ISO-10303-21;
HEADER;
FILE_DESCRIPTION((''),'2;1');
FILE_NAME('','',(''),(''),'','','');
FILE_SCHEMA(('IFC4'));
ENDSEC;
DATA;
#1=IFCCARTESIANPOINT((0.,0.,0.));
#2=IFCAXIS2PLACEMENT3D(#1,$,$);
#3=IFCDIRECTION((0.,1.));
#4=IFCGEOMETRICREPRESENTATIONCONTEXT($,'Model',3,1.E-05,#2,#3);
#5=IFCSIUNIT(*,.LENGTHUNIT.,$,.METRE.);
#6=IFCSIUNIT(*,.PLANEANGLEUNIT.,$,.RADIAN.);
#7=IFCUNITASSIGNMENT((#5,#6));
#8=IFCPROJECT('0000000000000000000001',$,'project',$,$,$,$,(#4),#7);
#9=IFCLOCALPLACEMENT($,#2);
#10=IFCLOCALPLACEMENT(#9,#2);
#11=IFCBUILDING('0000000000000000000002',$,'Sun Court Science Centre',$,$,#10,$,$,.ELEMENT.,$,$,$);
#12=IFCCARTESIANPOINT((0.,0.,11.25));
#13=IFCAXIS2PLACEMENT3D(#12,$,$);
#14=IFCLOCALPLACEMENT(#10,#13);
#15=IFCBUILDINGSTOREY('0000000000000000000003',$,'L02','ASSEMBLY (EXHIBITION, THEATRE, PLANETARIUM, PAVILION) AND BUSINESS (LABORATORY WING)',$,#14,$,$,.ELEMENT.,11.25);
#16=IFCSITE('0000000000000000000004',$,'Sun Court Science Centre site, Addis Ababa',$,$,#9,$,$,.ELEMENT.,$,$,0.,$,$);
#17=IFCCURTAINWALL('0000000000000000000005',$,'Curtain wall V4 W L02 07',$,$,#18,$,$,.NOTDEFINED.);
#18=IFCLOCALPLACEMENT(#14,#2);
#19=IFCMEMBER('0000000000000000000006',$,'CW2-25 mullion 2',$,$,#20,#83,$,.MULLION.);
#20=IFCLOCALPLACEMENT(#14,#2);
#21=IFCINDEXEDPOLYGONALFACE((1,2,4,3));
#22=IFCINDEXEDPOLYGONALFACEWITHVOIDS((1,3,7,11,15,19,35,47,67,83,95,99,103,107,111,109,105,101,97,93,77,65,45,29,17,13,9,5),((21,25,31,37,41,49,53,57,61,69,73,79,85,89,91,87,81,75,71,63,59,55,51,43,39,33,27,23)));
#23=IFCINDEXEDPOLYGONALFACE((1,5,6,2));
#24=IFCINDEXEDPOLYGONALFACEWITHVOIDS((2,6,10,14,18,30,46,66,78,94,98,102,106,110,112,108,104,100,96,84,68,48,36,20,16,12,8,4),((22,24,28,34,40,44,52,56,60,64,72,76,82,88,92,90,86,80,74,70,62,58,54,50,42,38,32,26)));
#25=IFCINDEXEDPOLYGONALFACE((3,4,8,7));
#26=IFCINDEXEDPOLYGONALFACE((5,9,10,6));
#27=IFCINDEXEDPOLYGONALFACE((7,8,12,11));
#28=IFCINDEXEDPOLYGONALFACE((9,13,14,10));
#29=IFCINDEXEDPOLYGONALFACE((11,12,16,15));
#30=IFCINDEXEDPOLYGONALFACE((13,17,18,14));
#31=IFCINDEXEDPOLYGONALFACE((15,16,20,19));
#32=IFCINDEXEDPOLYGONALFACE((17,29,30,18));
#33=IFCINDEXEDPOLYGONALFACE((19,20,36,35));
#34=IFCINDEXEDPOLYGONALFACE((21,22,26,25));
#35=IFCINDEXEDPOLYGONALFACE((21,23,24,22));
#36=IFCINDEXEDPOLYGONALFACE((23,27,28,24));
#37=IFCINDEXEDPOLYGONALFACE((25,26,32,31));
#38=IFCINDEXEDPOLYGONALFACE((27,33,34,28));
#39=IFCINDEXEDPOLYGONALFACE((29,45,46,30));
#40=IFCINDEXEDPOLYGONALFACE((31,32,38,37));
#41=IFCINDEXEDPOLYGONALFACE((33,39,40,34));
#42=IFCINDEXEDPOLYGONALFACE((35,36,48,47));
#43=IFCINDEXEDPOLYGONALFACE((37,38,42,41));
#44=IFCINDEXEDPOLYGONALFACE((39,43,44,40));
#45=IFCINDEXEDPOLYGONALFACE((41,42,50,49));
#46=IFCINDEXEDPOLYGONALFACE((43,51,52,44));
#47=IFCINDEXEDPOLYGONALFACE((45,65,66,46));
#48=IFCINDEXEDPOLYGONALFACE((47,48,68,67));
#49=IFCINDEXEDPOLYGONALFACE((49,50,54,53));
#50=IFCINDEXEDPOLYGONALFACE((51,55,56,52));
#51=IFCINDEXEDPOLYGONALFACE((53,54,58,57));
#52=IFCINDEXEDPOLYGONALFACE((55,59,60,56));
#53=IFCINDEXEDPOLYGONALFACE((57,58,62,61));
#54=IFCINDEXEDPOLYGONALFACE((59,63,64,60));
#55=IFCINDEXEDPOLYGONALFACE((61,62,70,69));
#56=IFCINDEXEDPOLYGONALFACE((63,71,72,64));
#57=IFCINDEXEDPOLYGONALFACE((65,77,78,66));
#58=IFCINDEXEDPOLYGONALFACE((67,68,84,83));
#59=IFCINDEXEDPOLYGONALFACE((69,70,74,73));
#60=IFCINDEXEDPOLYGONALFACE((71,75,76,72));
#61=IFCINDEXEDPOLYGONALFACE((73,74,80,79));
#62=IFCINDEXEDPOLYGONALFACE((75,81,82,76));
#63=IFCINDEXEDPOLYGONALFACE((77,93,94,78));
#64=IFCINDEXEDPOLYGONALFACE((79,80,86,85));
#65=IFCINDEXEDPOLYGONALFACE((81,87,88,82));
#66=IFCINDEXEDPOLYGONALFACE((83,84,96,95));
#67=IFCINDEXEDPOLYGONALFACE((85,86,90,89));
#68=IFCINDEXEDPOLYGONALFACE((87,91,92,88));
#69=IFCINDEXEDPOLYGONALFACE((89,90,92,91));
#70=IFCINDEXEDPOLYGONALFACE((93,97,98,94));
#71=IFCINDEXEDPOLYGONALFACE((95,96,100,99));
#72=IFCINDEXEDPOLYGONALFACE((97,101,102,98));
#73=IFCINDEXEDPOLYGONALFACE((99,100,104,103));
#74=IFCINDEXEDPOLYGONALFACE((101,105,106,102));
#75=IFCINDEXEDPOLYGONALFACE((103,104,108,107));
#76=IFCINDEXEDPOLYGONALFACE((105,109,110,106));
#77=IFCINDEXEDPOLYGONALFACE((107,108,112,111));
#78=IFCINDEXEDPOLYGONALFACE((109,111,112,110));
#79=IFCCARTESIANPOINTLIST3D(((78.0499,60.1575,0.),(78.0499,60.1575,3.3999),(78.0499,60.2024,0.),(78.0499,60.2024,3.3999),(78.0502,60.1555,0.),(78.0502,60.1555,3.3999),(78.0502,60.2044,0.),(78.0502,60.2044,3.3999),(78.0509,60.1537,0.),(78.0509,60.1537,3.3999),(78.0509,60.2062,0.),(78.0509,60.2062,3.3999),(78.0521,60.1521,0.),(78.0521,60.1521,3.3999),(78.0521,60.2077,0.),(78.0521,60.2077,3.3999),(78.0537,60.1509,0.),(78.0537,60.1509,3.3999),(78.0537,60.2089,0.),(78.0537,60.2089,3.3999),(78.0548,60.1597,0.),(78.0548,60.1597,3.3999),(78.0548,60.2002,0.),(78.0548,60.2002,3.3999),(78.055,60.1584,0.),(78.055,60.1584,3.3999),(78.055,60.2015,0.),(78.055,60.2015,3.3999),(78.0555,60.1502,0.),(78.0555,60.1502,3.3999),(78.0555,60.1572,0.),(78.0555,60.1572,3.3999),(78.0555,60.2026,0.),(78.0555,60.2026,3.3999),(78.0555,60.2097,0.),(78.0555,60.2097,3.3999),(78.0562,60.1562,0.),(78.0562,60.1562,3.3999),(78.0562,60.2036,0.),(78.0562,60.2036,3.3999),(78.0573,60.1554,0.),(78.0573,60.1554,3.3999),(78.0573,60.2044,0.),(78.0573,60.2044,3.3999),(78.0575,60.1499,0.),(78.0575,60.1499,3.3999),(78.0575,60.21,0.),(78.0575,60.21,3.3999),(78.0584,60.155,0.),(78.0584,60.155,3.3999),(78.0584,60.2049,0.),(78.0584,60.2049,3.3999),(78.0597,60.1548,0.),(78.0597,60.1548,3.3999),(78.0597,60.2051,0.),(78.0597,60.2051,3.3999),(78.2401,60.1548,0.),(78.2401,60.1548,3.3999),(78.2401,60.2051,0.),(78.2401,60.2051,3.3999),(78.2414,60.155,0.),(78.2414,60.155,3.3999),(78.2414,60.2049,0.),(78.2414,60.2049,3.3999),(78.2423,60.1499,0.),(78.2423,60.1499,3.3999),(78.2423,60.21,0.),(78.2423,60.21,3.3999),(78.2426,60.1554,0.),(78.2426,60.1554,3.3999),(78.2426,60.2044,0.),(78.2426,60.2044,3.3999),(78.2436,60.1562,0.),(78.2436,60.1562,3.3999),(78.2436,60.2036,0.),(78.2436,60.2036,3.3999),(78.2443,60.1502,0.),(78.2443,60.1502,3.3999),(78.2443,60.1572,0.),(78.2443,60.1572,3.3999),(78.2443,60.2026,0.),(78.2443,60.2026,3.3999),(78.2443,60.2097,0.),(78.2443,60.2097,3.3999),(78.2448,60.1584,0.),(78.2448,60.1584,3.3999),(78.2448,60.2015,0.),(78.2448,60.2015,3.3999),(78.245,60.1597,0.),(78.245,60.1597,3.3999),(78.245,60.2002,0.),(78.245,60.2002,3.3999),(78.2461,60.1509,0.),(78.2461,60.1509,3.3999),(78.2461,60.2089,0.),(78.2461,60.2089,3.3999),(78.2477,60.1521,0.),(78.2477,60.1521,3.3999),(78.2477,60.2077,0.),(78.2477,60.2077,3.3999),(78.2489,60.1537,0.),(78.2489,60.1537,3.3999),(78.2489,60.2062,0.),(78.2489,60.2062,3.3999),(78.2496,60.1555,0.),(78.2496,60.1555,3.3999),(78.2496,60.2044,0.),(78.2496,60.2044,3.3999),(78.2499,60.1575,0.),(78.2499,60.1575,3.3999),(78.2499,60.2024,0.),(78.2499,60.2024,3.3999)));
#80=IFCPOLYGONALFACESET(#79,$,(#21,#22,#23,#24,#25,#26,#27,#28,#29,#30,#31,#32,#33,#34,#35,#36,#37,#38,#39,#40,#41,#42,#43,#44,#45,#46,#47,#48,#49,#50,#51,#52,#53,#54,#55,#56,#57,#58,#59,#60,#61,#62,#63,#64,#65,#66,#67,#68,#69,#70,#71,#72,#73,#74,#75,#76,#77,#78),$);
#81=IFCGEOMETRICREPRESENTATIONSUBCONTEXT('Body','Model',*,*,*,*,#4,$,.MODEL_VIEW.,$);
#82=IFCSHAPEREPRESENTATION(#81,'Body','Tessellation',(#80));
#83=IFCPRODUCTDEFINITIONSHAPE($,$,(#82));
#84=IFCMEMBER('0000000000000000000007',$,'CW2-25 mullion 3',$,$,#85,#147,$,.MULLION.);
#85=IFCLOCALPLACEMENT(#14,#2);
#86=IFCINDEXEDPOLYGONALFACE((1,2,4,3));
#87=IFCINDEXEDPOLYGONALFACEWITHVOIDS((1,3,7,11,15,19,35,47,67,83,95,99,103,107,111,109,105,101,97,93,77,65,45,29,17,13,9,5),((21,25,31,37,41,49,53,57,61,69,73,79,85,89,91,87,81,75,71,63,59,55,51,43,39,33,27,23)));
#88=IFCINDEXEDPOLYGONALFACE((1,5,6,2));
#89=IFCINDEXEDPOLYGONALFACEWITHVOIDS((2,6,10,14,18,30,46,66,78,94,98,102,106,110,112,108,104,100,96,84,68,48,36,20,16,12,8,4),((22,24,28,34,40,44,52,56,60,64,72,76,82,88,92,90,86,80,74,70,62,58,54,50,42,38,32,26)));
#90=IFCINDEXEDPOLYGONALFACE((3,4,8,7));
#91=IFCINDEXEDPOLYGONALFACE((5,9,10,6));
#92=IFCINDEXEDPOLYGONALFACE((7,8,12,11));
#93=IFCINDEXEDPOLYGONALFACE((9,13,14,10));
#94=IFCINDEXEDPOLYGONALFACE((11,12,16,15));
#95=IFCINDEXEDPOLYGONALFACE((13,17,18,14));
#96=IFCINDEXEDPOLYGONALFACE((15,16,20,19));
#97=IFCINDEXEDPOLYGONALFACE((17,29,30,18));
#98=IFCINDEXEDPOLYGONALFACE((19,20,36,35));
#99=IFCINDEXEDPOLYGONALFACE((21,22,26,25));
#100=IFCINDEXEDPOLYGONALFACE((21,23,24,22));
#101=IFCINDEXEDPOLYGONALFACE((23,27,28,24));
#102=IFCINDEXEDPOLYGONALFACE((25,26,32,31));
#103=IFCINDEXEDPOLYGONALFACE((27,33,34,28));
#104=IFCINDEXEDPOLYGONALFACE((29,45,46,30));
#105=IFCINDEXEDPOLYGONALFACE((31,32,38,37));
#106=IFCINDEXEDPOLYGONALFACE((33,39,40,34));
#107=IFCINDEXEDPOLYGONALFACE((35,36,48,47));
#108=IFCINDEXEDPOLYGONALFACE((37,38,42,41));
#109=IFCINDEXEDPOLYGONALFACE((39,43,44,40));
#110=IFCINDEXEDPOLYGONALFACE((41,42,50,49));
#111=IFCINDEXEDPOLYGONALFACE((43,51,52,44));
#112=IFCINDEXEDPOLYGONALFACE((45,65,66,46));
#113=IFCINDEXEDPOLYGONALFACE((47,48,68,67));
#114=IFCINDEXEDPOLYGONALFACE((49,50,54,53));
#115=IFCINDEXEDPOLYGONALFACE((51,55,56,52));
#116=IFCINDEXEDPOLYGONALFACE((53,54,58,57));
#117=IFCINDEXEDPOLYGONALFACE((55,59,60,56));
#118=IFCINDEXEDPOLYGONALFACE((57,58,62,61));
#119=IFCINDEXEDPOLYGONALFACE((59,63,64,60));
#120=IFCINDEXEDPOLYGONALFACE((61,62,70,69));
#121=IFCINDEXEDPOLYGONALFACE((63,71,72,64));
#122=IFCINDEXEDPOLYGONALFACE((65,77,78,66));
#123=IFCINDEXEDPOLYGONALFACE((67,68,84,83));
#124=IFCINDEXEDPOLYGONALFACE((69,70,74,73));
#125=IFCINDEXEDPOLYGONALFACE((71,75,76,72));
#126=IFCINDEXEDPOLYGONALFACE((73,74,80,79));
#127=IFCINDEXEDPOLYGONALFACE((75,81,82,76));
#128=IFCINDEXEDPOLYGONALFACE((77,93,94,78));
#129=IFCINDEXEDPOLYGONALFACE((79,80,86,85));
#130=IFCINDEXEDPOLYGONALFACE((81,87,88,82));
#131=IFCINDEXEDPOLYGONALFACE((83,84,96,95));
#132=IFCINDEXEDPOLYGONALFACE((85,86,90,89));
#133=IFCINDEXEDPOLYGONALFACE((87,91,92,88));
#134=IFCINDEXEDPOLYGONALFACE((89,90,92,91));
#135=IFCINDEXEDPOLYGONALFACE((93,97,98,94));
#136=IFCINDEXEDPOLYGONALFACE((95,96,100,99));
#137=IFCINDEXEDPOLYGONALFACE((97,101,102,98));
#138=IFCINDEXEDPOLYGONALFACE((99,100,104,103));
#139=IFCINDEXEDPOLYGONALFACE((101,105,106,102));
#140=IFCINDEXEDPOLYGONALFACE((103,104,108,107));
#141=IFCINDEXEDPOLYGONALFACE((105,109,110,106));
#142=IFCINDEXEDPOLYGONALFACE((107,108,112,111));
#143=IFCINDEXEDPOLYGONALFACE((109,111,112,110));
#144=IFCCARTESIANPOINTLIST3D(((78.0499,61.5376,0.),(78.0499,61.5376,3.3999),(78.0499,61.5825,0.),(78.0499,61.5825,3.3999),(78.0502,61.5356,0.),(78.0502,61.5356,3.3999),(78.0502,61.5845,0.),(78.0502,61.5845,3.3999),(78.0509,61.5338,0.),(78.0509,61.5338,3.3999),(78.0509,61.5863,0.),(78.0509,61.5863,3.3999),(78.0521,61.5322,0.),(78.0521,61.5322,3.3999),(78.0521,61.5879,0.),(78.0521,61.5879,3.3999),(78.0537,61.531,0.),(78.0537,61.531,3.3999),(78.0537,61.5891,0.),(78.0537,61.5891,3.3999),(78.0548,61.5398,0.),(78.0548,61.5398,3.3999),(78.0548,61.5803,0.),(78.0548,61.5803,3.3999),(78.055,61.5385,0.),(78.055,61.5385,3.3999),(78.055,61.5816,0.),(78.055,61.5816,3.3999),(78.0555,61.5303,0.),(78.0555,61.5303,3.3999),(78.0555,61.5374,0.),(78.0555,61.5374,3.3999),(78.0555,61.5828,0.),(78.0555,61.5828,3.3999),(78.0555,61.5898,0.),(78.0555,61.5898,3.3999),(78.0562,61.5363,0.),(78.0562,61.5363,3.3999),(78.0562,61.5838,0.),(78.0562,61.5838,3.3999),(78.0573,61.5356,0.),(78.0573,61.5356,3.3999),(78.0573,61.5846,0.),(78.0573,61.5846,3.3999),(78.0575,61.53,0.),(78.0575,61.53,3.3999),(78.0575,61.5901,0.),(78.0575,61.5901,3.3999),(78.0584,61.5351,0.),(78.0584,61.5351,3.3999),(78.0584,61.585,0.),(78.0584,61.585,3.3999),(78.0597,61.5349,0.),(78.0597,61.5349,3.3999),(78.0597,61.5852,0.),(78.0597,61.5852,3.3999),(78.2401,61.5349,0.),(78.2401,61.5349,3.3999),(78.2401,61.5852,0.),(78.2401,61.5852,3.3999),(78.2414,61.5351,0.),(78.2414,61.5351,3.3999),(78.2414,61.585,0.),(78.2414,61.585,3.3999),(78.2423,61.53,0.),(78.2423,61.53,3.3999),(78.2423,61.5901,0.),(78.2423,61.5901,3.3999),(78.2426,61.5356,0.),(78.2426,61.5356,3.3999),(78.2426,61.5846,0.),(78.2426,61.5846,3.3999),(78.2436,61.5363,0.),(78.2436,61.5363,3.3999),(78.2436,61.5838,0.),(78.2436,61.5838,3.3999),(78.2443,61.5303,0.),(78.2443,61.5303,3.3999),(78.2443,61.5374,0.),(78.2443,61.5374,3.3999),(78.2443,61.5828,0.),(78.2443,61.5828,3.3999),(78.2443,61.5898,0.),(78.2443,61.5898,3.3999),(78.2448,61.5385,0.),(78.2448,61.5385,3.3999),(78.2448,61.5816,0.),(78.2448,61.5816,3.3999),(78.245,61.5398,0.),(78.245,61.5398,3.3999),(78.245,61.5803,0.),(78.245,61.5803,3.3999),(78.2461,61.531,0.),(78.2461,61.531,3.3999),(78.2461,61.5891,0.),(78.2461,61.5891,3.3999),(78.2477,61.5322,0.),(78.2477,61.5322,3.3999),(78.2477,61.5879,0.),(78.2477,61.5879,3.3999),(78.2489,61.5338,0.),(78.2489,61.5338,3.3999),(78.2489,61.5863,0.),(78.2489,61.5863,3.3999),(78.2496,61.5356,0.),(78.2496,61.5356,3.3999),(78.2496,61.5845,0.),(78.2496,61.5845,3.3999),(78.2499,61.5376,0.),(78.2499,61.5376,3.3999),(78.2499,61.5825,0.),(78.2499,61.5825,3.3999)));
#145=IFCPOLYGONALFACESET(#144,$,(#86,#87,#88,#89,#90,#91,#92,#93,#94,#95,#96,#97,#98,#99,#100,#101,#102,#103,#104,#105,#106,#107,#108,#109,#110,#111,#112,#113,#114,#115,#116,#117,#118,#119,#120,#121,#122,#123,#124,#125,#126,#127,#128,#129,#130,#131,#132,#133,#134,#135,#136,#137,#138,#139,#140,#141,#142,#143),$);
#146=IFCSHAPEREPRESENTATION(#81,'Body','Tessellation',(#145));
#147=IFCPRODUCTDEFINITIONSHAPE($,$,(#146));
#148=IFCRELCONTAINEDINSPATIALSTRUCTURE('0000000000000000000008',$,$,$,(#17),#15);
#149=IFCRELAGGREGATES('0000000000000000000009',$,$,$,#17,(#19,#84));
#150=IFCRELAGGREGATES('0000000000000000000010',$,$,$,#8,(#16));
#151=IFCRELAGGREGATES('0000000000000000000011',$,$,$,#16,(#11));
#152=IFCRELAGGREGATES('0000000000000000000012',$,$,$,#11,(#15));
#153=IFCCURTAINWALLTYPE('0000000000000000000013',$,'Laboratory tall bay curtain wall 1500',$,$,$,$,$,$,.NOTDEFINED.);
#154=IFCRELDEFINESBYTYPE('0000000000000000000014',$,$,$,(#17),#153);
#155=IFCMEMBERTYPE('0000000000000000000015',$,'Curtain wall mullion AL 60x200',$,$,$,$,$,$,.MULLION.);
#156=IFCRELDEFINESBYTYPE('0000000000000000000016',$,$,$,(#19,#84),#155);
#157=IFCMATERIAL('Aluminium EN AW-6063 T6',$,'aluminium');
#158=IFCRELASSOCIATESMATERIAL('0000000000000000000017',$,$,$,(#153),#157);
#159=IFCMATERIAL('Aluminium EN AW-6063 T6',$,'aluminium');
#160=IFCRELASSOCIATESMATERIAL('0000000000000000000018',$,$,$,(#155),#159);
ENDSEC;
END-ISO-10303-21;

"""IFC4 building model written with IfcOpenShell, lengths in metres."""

from ifc_helpers import new_model, si_unit, direction, frame, origin, origin_2d, place, context, subcontext, project, spatial, hollow_rectangle, extrude, material, material_profile, profile_set, type_object, element, aggregate, save


model = new_model("IFC4")

# Units and contexts
model_context = context("Model", 3, precision=1e-05, world=origin(), true_north=direction((0.0, 1.0)))
body_context = subcontext(model_context, "Body", "Model", "MODEL_VIEW")
ifc_project = project(units=[si_unit("LENGTHUNIT", "METRE"), si_unit("PLANEANGLEUNIT", "RADIAN")], contexts=[model_context])

# Site, building, storey
site_placement = place(None, origin())
site = spatial("IfcSite", under=ifc_project, at=site_placement, Name="Sun Court Science Centre site, Addis Ababa", CompositionType="ELEMENT", RefElevation=0.0)
building_placement = place(site_placement, origin())
building = spatial("IfcBuilding", under=site, at=building_placement, Name="Sun Court Science Centre", CompositionType="ELEMENT")
storey_placement = place(building_placement, frame((0.0, 0.0, 11.25)))
storey = spatial("IfcBuildingStorey", under=building, at=storey_placement, Name="L02", Description="ASSEMBLY (EXHIBITION, THEATRE, PLANETARIUM, PAVILION) AND BUSINESS (LABORATORY WING)", CompositionType="ELEMENT", Elevation=11.25)

# Shared definitions
ifc_material_1 = material(Name="Aluminium EN AW-6063 T6", Category="aluminium")
curtain_wall_type = type_object("IfcCurtainWallType", Name="Laboratory tall bay curtain wall 1500", PredefinedType="NOTDEFINED", material=ifc_material_1)
ifc_material_2 = material(Name="Aluminium EN AW-6063 T6", Category="aluminium")
ifc_material_profile_1 = material_profile(ifc_material_2, hollow_rectangle(XDim=0.0601, YDim=0.2, WallThickness=0.0049, InnerFilletRadius=0.0049, OuterFilletRadius=0.0076, at=origin_2d()), Name="AL 60x200x5")
ifc_profile_set_1 = profile_set([ifc_material_profile_1], Name="Aluminium EN AW-6063 T6")
member_type_1 = type_object("IfcMemberType", Name="Curtain wall mullion AL 60x200", PredefinedType="MULLION", material=ifc_profile_set_1)

# Curtain wall, members
curtain_wall_1_placement = place(storey_placement, origin())
curtain_wall_1 = element("IfcCurtainWall", 1, at=curtain_wall_1_placement, inside=storey, type_object=curtain_wall_type, Name="Curtain wall V4 W L02 07", PredefinedType="NOTDEFINED")
member_1_placement = place(storey_placement, frame((78.1499, 60.1799, 0.0), z_axis=(0.0, 0.0, 1.0), x_axis=(0.0, 1.0, 0.0)))
member_1 = element("IfcMember", 2, at=member_1_placement, type_object=member_type_1, Name="CW2-25 mullion 2", PredefinedType="MULLION", context=body_context, shape_type="SweptSolid", body=[
    extrude(hollow_rectangle(XDim=0.0601, YDim=0.2, WallThickness=0.0049, InnerFilletRadius=0.0049, OuterFilletRadius=0.0076, at=origin_2d()), origin(), (0.0, 0.0, 1.0), 3.3999),
])
member_2_placement = place(storey_placement, frame((78.1499, 61.5601, 0.0), z_axis=(0.0, 0.0, 1.0), x_axis=(0.0, 1.0, 0.0)))
member_2 = element("IfcMember", 3, at=member_2_placement, type_object=member_type_1, Name="CW2-25 mullion 3", PredefinedType="MULLION", context=body_context, shape_type="SweptSolid", body=[
    extrude(hollow_rectangle(XDim=0.0601, YDim=0.2, WallThickness=0.0049, InnerFilletRadius=0.0049, OuterFilletRadius=0.0076, at=origin_2d()), origin(), (0.0, 0.0, 1.0), 3.3999),
])

aggregate(curtain_wall_1, [member_1, member_2])

save(model, "model.ifc")
